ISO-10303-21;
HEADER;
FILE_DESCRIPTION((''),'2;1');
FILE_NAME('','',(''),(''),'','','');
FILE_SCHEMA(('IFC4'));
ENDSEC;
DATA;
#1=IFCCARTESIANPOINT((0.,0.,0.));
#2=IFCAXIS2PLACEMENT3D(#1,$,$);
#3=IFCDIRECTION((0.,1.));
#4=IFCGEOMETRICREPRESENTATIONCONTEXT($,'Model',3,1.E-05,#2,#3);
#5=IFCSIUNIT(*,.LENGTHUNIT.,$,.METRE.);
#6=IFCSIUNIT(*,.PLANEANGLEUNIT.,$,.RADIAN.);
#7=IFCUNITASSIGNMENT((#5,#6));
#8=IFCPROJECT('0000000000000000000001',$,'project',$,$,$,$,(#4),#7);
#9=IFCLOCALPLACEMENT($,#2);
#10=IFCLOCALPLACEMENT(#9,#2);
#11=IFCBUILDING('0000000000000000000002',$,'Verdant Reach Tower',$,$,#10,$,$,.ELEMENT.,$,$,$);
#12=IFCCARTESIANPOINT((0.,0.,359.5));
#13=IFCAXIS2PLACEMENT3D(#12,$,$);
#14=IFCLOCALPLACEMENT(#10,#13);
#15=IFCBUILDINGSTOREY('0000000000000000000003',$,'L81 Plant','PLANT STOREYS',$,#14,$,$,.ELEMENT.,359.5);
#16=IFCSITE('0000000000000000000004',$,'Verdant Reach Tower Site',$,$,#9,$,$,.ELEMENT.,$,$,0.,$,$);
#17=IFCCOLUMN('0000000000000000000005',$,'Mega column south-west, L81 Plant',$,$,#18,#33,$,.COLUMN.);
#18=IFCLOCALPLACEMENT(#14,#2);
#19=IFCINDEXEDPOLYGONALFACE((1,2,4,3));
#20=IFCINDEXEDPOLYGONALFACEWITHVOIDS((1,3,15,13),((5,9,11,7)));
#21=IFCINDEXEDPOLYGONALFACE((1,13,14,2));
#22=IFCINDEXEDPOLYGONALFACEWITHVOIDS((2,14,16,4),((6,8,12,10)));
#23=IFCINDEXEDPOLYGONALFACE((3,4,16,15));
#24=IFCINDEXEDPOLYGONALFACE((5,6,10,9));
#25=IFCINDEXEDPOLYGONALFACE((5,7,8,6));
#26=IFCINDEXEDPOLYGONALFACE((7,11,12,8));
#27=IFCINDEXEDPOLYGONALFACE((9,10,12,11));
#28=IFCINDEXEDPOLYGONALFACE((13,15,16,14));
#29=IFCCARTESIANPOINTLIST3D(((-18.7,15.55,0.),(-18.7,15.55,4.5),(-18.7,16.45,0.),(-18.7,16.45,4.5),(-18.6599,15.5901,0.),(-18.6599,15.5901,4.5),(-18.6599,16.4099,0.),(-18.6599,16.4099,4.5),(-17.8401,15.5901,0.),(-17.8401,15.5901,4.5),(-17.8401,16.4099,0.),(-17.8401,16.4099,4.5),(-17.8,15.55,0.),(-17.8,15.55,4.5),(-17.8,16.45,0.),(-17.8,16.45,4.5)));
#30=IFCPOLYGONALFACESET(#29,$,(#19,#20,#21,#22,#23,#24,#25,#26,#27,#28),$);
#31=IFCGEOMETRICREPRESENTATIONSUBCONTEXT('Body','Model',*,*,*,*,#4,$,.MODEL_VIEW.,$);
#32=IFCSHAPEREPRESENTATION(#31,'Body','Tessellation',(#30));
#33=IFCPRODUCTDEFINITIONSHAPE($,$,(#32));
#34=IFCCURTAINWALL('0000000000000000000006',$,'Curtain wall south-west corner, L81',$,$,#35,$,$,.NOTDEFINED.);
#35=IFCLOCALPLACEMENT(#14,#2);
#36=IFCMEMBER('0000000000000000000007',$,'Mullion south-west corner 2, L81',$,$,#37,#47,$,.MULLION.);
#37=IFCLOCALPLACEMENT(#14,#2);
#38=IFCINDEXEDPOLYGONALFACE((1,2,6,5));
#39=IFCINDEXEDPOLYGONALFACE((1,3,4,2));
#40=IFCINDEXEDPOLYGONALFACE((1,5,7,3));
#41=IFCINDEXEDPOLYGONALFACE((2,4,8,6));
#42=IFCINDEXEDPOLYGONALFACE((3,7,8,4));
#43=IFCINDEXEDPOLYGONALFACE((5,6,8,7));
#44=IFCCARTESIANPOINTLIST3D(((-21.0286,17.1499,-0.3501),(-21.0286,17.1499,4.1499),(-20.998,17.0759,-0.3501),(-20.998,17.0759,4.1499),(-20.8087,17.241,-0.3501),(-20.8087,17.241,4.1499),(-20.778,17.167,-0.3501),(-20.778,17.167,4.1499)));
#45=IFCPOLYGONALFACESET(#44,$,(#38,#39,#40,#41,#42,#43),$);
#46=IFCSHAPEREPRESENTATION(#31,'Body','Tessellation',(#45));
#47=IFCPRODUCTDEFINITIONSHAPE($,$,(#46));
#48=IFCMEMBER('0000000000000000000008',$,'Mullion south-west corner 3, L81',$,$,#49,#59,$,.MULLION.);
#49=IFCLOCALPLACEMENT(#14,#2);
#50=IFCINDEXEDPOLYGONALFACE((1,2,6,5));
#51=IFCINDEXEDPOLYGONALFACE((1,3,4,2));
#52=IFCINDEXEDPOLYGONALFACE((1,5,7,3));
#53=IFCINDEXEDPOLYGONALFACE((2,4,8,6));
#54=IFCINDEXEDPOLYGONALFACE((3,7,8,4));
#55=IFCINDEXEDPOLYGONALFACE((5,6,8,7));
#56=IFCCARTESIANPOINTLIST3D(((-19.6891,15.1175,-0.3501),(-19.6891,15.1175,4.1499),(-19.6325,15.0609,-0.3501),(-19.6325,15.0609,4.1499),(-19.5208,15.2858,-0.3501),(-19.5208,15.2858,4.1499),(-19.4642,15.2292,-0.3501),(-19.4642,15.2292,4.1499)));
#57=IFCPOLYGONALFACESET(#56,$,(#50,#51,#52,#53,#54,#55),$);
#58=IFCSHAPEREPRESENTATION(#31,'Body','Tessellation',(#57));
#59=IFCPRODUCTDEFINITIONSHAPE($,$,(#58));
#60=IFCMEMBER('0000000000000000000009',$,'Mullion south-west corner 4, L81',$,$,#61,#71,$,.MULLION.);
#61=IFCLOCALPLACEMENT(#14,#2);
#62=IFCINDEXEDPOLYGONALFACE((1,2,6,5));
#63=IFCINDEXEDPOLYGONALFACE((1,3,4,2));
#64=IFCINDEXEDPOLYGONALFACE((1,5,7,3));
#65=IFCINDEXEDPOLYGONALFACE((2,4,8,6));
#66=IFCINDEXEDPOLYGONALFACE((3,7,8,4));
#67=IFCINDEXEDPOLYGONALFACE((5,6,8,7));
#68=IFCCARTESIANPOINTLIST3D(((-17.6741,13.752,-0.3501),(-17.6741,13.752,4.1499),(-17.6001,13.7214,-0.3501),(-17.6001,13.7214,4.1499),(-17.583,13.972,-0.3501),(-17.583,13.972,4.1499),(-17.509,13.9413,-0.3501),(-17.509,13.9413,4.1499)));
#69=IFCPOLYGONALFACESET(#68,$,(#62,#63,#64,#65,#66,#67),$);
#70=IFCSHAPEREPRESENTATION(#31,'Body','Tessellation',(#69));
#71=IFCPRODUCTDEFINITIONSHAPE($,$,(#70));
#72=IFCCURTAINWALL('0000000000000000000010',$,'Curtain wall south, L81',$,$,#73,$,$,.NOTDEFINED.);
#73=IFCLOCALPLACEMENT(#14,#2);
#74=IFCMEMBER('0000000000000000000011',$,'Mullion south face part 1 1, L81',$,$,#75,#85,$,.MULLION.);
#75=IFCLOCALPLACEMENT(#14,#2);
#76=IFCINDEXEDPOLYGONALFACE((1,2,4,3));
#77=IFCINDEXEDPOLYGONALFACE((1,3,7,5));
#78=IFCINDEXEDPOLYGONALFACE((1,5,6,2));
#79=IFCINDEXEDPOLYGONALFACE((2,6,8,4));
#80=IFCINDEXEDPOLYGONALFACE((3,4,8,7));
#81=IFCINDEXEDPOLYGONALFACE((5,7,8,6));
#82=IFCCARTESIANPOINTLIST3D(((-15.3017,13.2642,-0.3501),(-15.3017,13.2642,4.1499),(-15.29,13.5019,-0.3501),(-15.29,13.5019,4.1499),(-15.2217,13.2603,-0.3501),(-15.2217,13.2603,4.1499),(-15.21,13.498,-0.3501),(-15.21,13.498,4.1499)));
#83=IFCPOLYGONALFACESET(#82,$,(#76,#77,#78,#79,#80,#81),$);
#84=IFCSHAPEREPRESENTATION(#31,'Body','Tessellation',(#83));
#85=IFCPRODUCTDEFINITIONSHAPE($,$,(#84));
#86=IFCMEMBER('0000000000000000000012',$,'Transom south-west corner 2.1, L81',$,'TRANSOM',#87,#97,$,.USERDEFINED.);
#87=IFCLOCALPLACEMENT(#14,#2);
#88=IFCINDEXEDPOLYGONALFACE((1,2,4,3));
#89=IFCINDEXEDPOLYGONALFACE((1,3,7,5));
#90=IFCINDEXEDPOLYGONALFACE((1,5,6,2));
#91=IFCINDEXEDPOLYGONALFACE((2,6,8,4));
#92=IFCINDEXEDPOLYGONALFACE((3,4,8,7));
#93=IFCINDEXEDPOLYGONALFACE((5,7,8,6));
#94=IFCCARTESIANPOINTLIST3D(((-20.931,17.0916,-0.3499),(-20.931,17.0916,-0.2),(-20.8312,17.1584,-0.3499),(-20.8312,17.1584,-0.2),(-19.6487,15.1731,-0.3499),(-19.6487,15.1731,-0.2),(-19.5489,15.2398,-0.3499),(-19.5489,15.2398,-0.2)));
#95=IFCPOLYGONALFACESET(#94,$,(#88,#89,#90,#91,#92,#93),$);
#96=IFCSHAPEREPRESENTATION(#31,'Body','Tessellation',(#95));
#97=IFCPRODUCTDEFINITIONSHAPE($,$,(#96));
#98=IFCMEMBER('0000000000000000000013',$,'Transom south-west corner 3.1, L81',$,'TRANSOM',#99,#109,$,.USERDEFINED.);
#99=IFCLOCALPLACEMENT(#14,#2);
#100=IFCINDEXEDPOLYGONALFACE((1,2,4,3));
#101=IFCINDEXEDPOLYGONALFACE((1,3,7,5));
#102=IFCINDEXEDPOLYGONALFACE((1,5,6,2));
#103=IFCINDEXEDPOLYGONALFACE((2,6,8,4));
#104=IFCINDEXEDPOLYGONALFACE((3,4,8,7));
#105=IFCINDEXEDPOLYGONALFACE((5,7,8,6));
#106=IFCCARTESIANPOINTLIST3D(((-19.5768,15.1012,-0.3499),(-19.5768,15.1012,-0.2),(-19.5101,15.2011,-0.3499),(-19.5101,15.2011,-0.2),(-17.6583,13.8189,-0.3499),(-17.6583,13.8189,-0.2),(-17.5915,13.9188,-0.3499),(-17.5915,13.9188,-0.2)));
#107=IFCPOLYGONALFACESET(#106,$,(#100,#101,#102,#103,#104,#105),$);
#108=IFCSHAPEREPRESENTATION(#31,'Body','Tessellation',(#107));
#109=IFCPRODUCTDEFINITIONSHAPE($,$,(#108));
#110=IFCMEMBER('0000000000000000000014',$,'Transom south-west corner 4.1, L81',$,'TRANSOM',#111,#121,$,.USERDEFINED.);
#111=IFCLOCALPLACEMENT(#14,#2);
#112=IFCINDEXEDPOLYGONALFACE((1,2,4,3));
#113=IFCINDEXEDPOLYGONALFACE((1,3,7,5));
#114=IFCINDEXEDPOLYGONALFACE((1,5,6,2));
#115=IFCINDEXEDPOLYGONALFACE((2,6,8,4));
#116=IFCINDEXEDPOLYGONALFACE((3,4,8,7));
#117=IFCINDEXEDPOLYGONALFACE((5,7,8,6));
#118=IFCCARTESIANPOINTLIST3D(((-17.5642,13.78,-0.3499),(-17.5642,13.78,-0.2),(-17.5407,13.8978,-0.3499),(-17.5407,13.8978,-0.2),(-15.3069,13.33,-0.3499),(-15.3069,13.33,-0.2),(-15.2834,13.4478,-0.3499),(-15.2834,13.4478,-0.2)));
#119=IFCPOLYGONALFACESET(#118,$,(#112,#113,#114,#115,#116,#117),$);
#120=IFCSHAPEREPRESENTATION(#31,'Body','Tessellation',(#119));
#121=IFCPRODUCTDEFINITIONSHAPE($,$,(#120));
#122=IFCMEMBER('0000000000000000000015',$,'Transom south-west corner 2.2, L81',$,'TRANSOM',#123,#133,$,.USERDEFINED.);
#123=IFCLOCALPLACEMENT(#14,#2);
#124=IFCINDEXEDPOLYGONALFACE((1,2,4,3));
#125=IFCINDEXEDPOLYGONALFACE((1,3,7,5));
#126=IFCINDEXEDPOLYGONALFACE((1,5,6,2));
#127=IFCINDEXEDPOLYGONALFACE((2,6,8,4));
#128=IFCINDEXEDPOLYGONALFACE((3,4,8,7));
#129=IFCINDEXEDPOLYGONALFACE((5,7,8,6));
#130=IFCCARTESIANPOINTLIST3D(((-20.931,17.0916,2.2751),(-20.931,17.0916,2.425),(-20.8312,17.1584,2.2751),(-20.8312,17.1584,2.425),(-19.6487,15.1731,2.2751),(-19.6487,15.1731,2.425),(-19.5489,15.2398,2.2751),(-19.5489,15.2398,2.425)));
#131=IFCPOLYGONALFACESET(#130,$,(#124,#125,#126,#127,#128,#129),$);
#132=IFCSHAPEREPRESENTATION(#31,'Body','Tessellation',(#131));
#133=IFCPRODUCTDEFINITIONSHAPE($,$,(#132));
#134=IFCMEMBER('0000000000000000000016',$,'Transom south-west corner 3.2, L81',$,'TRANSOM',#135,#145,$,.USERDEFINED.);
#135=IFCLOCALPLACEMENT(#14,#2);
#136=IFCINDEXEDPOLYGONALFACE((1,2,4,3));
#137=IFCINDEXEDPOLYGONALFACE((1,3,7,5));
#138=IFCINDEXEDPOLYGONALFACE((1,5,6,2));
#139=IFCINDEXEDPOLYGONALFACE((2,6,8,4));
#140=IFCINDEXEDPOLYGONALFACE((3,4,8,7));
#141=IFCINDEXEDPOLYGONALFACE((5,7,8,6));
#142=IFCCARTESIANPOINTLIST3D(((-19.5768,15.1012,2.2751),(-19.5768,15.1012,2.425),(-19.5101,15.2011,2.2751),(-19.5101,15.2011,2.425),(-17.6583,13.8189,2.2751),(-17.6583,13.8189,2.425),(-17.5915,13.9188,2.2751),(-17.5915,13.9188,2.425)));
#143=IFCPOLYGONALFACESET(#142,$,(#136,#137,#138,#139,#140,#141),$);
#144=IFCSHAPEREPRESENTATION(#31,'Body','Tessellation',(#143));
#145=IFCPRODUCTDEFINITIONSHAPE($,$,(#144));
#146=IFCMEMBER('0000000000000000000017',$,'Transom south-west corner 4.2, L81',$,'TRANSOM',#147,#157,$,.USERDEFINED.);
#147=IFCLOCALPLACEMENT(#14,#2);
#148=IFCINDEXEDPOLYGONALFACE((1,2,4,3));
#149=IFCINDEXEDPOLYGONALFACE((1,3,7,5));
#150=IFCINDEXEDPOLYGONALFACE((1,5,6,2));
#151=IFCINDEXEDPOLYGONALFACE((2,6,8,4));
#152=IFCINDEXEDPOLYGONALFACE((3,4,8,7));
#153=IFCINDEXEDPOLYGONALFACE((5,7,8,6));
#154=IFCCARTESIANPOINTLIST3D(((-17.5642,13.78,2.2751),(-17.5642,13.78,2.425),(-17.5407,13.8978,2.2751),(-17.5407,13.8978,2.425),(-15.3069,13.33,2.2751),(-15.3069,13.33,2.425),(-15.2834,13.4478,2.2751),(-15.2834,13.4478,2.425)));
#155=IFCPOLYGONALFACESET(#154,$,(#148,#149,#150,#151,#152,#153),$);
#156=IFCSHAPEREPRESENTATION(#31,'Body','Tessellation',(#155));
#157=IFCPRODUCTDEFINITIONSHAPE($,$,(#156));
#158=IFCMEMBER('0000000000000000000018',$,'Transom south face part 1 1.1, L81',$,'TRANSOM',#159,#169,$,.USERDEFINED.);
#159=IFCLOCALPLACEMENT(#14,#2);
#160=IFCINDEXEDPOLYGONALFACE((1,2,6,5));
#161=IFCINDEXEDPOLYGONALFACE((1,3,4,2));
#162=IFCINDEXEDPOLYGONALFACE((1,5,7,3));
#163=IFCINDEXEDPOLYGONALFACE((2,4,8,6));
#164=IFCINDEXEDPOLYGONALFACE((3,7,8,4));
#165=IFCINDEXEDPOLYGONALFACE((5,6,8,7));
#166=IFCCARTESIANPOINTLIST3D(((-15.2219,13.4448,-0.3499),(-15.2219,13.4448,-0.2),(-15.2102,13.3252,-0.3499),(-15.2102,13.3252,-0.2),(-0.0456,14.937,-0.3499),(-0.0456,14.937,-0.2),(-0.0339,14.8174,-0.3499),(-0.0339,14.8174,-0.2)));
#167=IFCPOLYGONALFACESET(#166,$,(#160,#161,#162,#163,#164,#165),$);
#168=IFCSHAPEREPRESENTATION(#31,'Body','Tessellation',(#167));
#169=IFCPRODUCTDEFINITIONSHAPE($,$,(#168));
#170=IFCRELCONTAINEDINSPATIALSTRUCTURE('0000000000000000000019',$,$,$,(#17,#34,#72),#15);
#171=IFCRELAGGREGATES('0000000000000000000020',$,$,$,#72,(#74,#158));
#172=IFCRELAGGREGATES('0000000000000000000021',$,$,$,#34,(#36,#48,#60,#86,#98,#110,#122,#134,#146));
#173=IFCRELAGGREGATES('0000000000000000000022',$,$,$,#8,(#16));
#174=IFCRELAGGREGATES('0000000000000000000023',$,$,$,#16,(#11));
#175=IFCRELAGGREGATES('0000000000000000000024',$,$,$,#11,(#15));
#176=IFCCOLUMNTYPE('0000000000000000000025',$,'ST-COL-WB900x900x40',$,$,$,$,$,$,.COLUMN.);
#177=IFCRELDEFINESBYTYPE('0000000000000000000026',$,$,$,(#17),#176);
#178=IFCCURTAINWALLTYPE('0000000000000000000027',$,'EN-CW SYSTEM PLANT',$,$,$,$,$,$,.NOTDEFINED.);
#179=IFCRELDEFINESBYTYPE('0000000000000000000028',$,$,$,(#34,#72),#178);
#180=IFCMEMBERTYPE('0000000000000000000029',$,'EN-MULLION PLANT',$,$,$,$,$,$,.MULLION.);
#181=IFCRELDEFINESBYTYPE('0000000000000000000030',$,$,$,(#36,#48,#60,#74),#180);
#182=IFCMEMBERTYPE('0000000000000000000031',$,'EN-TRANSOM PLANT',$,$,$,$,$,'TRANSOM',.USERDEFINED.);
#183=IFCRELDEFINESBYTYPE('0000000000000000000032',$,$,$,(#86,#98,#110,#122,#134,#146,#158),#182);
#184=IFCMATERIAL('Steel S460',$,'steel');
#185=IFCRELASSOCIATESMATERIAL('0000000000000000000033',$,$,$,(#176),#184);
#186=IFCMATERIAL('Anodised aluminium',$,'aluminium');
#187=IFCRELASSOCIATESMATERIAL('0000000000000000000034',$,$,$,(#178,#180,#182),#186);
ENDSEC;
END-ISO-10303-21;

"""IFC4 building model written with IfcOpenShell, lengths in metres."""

from ifc_helpers import new_model, si_unit, direction, frame, origin, origin_2d, place, context, subcontext, project, spatial, rectangle, hollow_rectangle, extrude, material, material_profile, profile_set, type_object, element, aggregate, save


model = new_model("IFC4")

# Units and contexts
model_context = context("Model", 3, precision=1e-05, world=origin(), true_north=direction((0.0, 1.0)))
body_context = subcontext(model_context, "Body", "Model", "MODEL_VIEW")
ifc_project = project(units=[si_unit("LENGTHUNIT", "METRE"), si_unit("PLANEANGLEUNIT", "RADIAN")], contexts=[model_context])

# Site, building, storey
site_placement = place(None, origin())
site = spatial("IfcSite", under=ifc_project, at=site_placement, Name="Verdant Reach Tower Site", CompositionType="ELEMENT", RefElevation=0.0)
building_placement = place(site_placement, origin())
building = spatial("IfcBuilding", under=site, at=building_placement, Name="Verdant Reach Tower", CompositionType="ELEMENT")
storey_placement = place(building_placement, frame((0.0, 0.0, 359.5)))
storey = spatial("IfcBuildingStorey", under=building, at=storey_placement, Name="L81 Plant", Description="PLANT STOREYS", CompositionType="ELEMENT", Elevation=359.5)

# Column
ifc_material_1 = material(Name="Steel S460", Category="steel")
ifc_material_profile_1 = material_profile(ifc_material_1, hollow_rectangle(XDim=0.8999, YDim=0.8999, WallThickness=0.04, at=origin_2d()), Name="WB 900x900x40")
ifc_profile_set_1 = profile_set([ifc_material_profile_1], Name="Steel S460")
column_type = type_object("IfcColumnType", Name="ST-COL-WB900x900x40", PredefinedType="COLUMN", material=ifc_profile_set_1)
column_placement = place(storey_placement, frame((-18.25, 16.0, 0.0), z_axis=(0.0, 0.0, 1.0), x_axis=(1.0, 0.0, 0.0)))
element("IfcColumn", 1, at=column_placement, inside=storey, type_object=column_type, Name="Mega column south-west, L81 Plant", PredefinedType="COLUMN", context=body_context, shape_type="SweptSolid", body=[
    extrude(hollow_rectangle(XDim=0.8999, YDim=0.8999, WallThickness=0.04, at=origin_2d()), origin(), (0.0, 0.0, 1.0), 4.5),
])

# Curtain wall, members
ifc_material_2 = material(Name="Anodised aluminium", Category="aluminium")
curtain_wall_type = type_object("IfcCurtainWallType", Name="EN-CW SYSTEM PLANT", PredefinedType="NOTDEFINED", material=ifc_material_2)
curtain_wall_1_placement = place(storey_placement, origin())
curtain_wall_1 = element("IfcCurtainWall", 2, at=curtain_wall_1_placement, inside=storey, type_object=curtain_wall_type, Name="Curtain wall south-west corner, L81", PredefinedType="NOTDEFINED")
ifc_material_profile_2 = material_profile(ifc_material_2, rectangle(XDim=0.238, YDim=0.0801, at=origin_2d()), Name="Mullion 80x240")
ifc_profile_set_2 = profile_set([ifc_material_profile_2], Name="Anodised aluminium")
member_type_1 = type_object("IfcMemberType", Name="EN-MULLION PLANT", PredefinedType="MULLION", material=ifc_profile_set_2)
member_1_placement = place(storey_placement, frame((-20.9033, 17.1584, -0.3501), z_axis=(0.0, 0.0, 1.0), x_axis=(-0.923875, -0.382694, 0.0)))
member_1 = element("IfcMember", 3, at=member_1_placement, type_object=member_type_1, Name="Mullion south-west corner 2, L81", PredefinedType="MULLION", context=body_context, shape_type="SweptSolid", body=[
    extrude(rectangle(XDim=0.238, YDim=0.0801, at=origin_2d()), origin(), (0.0, 0.0, 1.0), 4.5),
])
member_2_placement = place(storey_placement, frame((-19.5767, 15.1733, -0.3501), z_axis=(0.0, 0.0, 1.0), x_axis=(-0.707107, -0.707107, 0.0)))
member_2 = element("IfcMember", 4, at=member_2_placement, type_object=member_type_1, Name="Mullion south-west corner 3, L81", PredefinedType="MULLION", context=body_context, shape_type="SweptSolid", body=[
    extrude(rectangle(XDim=0.238, YDim=0.0801, at=origin_2d()), origin(), (0.0, 0.0, 1.0), 4.5),
])
member_3_placement = place(storey_placement, frame((-17.5916, 13.8467, -0.3501), z_axis=(0.0, 0.0, 1.0), x_axis=(-0.382694, -0.923875, 0.0)))
member_3 = element("IfcMember", 5, at=member_3_placement, type_object=member_type_1, Name="Mullion south-west corner 4, L81", PredefinedType="MULLION", context=body_context, shape_type="SweptSolid", body=[
    extrude(rectangle(XDim=0.238, YDim=0.0801, at=origin_2d()), origin(), (0.0, 0.0, 1.0), 4.5),
])

# Curtain wall, member
curtain_wall_2_placement = place(storey_placement, origin())
curtain_wall_2 = element("IfcCurtainWall", 6, at=curtain_wall_2_placement, inside=storey, type_object=curtain_wall_type, Name="Curtain wall south, L81", PredefinedType="NOTDEFINED")
member_4_placement = place(storey_placement, frame((-15.2559, 13.3811, -0.3501), z_axis=(0.0, 0.0, 1.0), x_axis=(-0.049128, -0.998793, 0.0)))
member_4 = element("IfcMember", 7, at=member_4_placement, type_object=member_type_1, Name="Mullion south face part 1 1, L81", PredefinedType="MULLION", context=body_context, shape_type="SweptSolid", body=[
    extrude(rectangle(XDim=0.238, YDim=0.0801, at=origin_2d()), origin(), (0.0, 0.0, 1.0), 4.5),
])

# Members
ifc_material_profile_3 = material_profile(ifc_material_2, rectangle(XDim=0.1201, YDim=0.1499, at=origin_2d()), Name="Transom 150x120")
ifc_profile_set_3 = profile_set([ifc_material_profile_3], Name="Anodised aluminium")
member_type_2 = type_object("IfcMemberType", Name="EN-TRANSOM PLANT", ElementType="TRANSOM", PredefinedType="USERDEFINED", material=ifc_profile_set_3)
member_5_placement = place(storey_placement, frame((-20.8811, 17.125, -0.2749), z_axis=(0.555676, -0.831399, 0.0), x_axis=(0.831399, 0.555676, 0.0)))
member_5 = element("IfcMember", 8, at=member_5_placement, type_object=member_type_2, Name="Transom south-west corner 2.1, L81", ObjectType="TRANSOM", PredefinedType="USERDEFINED", context=body_context, shape_type="SweptSolid", body=[
    extrude(rectangle(XDim=0.1201, YDim=0.1499, at=origin_2d()), origin(), (0.0, 0.0, 1.0), 2.3076),
])
member_6_placement = place(storey_placement, frame((-19.5435, 15.1511, -0.2749), z_axis=(0.831399, -0.555676, 0.0), x_axis=(0.555676, 0.831399, 0.0)))
member_6 = element("IfcMember", 9, at=member_6_placement, type_object=member_type_2, Name="Transom south-west corner 3.1, L81", ObjectType="TRANSOM", PredefinedType="USERDEFINED", context=body_context, shape_type="SweptSolid", body=[
    extrude(rectangle(XDim=0.1201, YDim=0.1499, at=origin_2d()), origin(), (0.0, 0.0, 1.0), 2.3076),
])
member_7_placement = place(storey_placement, frame((-17.5525, 13.8389, -0.2749), z_axis=(0.980707, -0.195484, 0.0), x_axis=(0.195484, 0.980707, 0.0)))
member_7 = element("IfcMember", 10, at=member_7_placement, type_object=member_type_2, Name="Transom south-west corner 4.1, L81", ObjectType="TRANSOM", PredefinedType="USERDEFINED", context=body_context, shape_type="SweptSolid", body=[
    extrude(rectangle(XDim=0.1201, YDim=0.1499, at=origin_2d()), origin(), (0.0, 0.0, 1.0), 2.3018),
])
member_8_placement = place(storey_placement, frame((-20.8811, 17.125, 2.3501), z_axis=(0.555676, -0.831399, 0.0), x_axis=(0.831399, 0.555676, 0.0)))
member_8 = element("IfcMember", 11, at=member_8_placement, type_object=member_type_2, Name="Transom south-west corner 2.2, L81", ObjectType="TRANSOM", PredefinedType="USERDEFINED", context=body_context, shape_type="SweptSolid", body=[
    extrude(rectangle(XDim=0.1201, YDim=0.1499, at=origin_2d()), origin(), (0.0, 0.0, 1.0), 2.3076),
])
member_9_placement = place(storey_placement, frame((-19.5435, 15.1511, 2.3501), z_axis=(0.831399, -0.555676, 0.0), x_axis=(0.555676, 0.831399, 0.0)))
member_9 = element("IfcMember", 12, at=member_9_placement, type_object=member_type_2, Name="Transom south-west corner 3.2, L81", ObjectType="TRANSOM", PredefinedType="USERDEFINED", context=body_context, shape_type="SweptSolid", body=[
    extrude(rectangle(XDim=0.1201, YDim=0.1499, at=origin_2d()), origin(), (0.0, 0.0, 1.0), 2.3076),
])
member_10_placement = place(storey_placement, frame((-17.5525, 13.8389, 2.3501), z_axis=(0.980707, -0.195484, 0.0), x_axis=(0.195484, 0.980707, 0.0)))
member_10 = element("IfcMember", 13, at=member_10_placement, type_object=member_type_2, Name="Transom south-west corner 4.2, L81", ObjectType="TRANSOM", PredefinedType="USERDEFINED", context=body_context, shape_type="SweptSolid", body=[
    extrude(rectangle(XDim=0.1201, YDim=0.1499, at=origin_2d()), origin(), (0.0, 0.0, 1.0), 2.3018),
])
member_11_placement = place(storey_placement, frame((-15.2161, 13.385, -0.2749), z_axis=(0.995201, 0.097852, 0.0), x_axis=(-0.097852, 0.995201, 0.0)))
member_11 = element("IfcMember", 14, at=member_11_placement, type_object=member_type_2, Name="Transom south face part 1 1.1, L81", ObjectType="TRANSOM", PredefinedType="USERDEFINED", context=body_context, shape_type="SweptSolid", body=[
    extrude(rectangle(XDim=0.1201, YDim=0.1499, at=origin_2d()), origin(), (0.0, 0.0, 1.0), 15.2495),
])
aggregate(curtain_wall_2, [member_4, member_11])

aggregate(curtain_wall_1, [member_1, member_2, member_3, member_5, member_6, member_7, member_8, member_9, member_10])

save(model, "model.ifc")
